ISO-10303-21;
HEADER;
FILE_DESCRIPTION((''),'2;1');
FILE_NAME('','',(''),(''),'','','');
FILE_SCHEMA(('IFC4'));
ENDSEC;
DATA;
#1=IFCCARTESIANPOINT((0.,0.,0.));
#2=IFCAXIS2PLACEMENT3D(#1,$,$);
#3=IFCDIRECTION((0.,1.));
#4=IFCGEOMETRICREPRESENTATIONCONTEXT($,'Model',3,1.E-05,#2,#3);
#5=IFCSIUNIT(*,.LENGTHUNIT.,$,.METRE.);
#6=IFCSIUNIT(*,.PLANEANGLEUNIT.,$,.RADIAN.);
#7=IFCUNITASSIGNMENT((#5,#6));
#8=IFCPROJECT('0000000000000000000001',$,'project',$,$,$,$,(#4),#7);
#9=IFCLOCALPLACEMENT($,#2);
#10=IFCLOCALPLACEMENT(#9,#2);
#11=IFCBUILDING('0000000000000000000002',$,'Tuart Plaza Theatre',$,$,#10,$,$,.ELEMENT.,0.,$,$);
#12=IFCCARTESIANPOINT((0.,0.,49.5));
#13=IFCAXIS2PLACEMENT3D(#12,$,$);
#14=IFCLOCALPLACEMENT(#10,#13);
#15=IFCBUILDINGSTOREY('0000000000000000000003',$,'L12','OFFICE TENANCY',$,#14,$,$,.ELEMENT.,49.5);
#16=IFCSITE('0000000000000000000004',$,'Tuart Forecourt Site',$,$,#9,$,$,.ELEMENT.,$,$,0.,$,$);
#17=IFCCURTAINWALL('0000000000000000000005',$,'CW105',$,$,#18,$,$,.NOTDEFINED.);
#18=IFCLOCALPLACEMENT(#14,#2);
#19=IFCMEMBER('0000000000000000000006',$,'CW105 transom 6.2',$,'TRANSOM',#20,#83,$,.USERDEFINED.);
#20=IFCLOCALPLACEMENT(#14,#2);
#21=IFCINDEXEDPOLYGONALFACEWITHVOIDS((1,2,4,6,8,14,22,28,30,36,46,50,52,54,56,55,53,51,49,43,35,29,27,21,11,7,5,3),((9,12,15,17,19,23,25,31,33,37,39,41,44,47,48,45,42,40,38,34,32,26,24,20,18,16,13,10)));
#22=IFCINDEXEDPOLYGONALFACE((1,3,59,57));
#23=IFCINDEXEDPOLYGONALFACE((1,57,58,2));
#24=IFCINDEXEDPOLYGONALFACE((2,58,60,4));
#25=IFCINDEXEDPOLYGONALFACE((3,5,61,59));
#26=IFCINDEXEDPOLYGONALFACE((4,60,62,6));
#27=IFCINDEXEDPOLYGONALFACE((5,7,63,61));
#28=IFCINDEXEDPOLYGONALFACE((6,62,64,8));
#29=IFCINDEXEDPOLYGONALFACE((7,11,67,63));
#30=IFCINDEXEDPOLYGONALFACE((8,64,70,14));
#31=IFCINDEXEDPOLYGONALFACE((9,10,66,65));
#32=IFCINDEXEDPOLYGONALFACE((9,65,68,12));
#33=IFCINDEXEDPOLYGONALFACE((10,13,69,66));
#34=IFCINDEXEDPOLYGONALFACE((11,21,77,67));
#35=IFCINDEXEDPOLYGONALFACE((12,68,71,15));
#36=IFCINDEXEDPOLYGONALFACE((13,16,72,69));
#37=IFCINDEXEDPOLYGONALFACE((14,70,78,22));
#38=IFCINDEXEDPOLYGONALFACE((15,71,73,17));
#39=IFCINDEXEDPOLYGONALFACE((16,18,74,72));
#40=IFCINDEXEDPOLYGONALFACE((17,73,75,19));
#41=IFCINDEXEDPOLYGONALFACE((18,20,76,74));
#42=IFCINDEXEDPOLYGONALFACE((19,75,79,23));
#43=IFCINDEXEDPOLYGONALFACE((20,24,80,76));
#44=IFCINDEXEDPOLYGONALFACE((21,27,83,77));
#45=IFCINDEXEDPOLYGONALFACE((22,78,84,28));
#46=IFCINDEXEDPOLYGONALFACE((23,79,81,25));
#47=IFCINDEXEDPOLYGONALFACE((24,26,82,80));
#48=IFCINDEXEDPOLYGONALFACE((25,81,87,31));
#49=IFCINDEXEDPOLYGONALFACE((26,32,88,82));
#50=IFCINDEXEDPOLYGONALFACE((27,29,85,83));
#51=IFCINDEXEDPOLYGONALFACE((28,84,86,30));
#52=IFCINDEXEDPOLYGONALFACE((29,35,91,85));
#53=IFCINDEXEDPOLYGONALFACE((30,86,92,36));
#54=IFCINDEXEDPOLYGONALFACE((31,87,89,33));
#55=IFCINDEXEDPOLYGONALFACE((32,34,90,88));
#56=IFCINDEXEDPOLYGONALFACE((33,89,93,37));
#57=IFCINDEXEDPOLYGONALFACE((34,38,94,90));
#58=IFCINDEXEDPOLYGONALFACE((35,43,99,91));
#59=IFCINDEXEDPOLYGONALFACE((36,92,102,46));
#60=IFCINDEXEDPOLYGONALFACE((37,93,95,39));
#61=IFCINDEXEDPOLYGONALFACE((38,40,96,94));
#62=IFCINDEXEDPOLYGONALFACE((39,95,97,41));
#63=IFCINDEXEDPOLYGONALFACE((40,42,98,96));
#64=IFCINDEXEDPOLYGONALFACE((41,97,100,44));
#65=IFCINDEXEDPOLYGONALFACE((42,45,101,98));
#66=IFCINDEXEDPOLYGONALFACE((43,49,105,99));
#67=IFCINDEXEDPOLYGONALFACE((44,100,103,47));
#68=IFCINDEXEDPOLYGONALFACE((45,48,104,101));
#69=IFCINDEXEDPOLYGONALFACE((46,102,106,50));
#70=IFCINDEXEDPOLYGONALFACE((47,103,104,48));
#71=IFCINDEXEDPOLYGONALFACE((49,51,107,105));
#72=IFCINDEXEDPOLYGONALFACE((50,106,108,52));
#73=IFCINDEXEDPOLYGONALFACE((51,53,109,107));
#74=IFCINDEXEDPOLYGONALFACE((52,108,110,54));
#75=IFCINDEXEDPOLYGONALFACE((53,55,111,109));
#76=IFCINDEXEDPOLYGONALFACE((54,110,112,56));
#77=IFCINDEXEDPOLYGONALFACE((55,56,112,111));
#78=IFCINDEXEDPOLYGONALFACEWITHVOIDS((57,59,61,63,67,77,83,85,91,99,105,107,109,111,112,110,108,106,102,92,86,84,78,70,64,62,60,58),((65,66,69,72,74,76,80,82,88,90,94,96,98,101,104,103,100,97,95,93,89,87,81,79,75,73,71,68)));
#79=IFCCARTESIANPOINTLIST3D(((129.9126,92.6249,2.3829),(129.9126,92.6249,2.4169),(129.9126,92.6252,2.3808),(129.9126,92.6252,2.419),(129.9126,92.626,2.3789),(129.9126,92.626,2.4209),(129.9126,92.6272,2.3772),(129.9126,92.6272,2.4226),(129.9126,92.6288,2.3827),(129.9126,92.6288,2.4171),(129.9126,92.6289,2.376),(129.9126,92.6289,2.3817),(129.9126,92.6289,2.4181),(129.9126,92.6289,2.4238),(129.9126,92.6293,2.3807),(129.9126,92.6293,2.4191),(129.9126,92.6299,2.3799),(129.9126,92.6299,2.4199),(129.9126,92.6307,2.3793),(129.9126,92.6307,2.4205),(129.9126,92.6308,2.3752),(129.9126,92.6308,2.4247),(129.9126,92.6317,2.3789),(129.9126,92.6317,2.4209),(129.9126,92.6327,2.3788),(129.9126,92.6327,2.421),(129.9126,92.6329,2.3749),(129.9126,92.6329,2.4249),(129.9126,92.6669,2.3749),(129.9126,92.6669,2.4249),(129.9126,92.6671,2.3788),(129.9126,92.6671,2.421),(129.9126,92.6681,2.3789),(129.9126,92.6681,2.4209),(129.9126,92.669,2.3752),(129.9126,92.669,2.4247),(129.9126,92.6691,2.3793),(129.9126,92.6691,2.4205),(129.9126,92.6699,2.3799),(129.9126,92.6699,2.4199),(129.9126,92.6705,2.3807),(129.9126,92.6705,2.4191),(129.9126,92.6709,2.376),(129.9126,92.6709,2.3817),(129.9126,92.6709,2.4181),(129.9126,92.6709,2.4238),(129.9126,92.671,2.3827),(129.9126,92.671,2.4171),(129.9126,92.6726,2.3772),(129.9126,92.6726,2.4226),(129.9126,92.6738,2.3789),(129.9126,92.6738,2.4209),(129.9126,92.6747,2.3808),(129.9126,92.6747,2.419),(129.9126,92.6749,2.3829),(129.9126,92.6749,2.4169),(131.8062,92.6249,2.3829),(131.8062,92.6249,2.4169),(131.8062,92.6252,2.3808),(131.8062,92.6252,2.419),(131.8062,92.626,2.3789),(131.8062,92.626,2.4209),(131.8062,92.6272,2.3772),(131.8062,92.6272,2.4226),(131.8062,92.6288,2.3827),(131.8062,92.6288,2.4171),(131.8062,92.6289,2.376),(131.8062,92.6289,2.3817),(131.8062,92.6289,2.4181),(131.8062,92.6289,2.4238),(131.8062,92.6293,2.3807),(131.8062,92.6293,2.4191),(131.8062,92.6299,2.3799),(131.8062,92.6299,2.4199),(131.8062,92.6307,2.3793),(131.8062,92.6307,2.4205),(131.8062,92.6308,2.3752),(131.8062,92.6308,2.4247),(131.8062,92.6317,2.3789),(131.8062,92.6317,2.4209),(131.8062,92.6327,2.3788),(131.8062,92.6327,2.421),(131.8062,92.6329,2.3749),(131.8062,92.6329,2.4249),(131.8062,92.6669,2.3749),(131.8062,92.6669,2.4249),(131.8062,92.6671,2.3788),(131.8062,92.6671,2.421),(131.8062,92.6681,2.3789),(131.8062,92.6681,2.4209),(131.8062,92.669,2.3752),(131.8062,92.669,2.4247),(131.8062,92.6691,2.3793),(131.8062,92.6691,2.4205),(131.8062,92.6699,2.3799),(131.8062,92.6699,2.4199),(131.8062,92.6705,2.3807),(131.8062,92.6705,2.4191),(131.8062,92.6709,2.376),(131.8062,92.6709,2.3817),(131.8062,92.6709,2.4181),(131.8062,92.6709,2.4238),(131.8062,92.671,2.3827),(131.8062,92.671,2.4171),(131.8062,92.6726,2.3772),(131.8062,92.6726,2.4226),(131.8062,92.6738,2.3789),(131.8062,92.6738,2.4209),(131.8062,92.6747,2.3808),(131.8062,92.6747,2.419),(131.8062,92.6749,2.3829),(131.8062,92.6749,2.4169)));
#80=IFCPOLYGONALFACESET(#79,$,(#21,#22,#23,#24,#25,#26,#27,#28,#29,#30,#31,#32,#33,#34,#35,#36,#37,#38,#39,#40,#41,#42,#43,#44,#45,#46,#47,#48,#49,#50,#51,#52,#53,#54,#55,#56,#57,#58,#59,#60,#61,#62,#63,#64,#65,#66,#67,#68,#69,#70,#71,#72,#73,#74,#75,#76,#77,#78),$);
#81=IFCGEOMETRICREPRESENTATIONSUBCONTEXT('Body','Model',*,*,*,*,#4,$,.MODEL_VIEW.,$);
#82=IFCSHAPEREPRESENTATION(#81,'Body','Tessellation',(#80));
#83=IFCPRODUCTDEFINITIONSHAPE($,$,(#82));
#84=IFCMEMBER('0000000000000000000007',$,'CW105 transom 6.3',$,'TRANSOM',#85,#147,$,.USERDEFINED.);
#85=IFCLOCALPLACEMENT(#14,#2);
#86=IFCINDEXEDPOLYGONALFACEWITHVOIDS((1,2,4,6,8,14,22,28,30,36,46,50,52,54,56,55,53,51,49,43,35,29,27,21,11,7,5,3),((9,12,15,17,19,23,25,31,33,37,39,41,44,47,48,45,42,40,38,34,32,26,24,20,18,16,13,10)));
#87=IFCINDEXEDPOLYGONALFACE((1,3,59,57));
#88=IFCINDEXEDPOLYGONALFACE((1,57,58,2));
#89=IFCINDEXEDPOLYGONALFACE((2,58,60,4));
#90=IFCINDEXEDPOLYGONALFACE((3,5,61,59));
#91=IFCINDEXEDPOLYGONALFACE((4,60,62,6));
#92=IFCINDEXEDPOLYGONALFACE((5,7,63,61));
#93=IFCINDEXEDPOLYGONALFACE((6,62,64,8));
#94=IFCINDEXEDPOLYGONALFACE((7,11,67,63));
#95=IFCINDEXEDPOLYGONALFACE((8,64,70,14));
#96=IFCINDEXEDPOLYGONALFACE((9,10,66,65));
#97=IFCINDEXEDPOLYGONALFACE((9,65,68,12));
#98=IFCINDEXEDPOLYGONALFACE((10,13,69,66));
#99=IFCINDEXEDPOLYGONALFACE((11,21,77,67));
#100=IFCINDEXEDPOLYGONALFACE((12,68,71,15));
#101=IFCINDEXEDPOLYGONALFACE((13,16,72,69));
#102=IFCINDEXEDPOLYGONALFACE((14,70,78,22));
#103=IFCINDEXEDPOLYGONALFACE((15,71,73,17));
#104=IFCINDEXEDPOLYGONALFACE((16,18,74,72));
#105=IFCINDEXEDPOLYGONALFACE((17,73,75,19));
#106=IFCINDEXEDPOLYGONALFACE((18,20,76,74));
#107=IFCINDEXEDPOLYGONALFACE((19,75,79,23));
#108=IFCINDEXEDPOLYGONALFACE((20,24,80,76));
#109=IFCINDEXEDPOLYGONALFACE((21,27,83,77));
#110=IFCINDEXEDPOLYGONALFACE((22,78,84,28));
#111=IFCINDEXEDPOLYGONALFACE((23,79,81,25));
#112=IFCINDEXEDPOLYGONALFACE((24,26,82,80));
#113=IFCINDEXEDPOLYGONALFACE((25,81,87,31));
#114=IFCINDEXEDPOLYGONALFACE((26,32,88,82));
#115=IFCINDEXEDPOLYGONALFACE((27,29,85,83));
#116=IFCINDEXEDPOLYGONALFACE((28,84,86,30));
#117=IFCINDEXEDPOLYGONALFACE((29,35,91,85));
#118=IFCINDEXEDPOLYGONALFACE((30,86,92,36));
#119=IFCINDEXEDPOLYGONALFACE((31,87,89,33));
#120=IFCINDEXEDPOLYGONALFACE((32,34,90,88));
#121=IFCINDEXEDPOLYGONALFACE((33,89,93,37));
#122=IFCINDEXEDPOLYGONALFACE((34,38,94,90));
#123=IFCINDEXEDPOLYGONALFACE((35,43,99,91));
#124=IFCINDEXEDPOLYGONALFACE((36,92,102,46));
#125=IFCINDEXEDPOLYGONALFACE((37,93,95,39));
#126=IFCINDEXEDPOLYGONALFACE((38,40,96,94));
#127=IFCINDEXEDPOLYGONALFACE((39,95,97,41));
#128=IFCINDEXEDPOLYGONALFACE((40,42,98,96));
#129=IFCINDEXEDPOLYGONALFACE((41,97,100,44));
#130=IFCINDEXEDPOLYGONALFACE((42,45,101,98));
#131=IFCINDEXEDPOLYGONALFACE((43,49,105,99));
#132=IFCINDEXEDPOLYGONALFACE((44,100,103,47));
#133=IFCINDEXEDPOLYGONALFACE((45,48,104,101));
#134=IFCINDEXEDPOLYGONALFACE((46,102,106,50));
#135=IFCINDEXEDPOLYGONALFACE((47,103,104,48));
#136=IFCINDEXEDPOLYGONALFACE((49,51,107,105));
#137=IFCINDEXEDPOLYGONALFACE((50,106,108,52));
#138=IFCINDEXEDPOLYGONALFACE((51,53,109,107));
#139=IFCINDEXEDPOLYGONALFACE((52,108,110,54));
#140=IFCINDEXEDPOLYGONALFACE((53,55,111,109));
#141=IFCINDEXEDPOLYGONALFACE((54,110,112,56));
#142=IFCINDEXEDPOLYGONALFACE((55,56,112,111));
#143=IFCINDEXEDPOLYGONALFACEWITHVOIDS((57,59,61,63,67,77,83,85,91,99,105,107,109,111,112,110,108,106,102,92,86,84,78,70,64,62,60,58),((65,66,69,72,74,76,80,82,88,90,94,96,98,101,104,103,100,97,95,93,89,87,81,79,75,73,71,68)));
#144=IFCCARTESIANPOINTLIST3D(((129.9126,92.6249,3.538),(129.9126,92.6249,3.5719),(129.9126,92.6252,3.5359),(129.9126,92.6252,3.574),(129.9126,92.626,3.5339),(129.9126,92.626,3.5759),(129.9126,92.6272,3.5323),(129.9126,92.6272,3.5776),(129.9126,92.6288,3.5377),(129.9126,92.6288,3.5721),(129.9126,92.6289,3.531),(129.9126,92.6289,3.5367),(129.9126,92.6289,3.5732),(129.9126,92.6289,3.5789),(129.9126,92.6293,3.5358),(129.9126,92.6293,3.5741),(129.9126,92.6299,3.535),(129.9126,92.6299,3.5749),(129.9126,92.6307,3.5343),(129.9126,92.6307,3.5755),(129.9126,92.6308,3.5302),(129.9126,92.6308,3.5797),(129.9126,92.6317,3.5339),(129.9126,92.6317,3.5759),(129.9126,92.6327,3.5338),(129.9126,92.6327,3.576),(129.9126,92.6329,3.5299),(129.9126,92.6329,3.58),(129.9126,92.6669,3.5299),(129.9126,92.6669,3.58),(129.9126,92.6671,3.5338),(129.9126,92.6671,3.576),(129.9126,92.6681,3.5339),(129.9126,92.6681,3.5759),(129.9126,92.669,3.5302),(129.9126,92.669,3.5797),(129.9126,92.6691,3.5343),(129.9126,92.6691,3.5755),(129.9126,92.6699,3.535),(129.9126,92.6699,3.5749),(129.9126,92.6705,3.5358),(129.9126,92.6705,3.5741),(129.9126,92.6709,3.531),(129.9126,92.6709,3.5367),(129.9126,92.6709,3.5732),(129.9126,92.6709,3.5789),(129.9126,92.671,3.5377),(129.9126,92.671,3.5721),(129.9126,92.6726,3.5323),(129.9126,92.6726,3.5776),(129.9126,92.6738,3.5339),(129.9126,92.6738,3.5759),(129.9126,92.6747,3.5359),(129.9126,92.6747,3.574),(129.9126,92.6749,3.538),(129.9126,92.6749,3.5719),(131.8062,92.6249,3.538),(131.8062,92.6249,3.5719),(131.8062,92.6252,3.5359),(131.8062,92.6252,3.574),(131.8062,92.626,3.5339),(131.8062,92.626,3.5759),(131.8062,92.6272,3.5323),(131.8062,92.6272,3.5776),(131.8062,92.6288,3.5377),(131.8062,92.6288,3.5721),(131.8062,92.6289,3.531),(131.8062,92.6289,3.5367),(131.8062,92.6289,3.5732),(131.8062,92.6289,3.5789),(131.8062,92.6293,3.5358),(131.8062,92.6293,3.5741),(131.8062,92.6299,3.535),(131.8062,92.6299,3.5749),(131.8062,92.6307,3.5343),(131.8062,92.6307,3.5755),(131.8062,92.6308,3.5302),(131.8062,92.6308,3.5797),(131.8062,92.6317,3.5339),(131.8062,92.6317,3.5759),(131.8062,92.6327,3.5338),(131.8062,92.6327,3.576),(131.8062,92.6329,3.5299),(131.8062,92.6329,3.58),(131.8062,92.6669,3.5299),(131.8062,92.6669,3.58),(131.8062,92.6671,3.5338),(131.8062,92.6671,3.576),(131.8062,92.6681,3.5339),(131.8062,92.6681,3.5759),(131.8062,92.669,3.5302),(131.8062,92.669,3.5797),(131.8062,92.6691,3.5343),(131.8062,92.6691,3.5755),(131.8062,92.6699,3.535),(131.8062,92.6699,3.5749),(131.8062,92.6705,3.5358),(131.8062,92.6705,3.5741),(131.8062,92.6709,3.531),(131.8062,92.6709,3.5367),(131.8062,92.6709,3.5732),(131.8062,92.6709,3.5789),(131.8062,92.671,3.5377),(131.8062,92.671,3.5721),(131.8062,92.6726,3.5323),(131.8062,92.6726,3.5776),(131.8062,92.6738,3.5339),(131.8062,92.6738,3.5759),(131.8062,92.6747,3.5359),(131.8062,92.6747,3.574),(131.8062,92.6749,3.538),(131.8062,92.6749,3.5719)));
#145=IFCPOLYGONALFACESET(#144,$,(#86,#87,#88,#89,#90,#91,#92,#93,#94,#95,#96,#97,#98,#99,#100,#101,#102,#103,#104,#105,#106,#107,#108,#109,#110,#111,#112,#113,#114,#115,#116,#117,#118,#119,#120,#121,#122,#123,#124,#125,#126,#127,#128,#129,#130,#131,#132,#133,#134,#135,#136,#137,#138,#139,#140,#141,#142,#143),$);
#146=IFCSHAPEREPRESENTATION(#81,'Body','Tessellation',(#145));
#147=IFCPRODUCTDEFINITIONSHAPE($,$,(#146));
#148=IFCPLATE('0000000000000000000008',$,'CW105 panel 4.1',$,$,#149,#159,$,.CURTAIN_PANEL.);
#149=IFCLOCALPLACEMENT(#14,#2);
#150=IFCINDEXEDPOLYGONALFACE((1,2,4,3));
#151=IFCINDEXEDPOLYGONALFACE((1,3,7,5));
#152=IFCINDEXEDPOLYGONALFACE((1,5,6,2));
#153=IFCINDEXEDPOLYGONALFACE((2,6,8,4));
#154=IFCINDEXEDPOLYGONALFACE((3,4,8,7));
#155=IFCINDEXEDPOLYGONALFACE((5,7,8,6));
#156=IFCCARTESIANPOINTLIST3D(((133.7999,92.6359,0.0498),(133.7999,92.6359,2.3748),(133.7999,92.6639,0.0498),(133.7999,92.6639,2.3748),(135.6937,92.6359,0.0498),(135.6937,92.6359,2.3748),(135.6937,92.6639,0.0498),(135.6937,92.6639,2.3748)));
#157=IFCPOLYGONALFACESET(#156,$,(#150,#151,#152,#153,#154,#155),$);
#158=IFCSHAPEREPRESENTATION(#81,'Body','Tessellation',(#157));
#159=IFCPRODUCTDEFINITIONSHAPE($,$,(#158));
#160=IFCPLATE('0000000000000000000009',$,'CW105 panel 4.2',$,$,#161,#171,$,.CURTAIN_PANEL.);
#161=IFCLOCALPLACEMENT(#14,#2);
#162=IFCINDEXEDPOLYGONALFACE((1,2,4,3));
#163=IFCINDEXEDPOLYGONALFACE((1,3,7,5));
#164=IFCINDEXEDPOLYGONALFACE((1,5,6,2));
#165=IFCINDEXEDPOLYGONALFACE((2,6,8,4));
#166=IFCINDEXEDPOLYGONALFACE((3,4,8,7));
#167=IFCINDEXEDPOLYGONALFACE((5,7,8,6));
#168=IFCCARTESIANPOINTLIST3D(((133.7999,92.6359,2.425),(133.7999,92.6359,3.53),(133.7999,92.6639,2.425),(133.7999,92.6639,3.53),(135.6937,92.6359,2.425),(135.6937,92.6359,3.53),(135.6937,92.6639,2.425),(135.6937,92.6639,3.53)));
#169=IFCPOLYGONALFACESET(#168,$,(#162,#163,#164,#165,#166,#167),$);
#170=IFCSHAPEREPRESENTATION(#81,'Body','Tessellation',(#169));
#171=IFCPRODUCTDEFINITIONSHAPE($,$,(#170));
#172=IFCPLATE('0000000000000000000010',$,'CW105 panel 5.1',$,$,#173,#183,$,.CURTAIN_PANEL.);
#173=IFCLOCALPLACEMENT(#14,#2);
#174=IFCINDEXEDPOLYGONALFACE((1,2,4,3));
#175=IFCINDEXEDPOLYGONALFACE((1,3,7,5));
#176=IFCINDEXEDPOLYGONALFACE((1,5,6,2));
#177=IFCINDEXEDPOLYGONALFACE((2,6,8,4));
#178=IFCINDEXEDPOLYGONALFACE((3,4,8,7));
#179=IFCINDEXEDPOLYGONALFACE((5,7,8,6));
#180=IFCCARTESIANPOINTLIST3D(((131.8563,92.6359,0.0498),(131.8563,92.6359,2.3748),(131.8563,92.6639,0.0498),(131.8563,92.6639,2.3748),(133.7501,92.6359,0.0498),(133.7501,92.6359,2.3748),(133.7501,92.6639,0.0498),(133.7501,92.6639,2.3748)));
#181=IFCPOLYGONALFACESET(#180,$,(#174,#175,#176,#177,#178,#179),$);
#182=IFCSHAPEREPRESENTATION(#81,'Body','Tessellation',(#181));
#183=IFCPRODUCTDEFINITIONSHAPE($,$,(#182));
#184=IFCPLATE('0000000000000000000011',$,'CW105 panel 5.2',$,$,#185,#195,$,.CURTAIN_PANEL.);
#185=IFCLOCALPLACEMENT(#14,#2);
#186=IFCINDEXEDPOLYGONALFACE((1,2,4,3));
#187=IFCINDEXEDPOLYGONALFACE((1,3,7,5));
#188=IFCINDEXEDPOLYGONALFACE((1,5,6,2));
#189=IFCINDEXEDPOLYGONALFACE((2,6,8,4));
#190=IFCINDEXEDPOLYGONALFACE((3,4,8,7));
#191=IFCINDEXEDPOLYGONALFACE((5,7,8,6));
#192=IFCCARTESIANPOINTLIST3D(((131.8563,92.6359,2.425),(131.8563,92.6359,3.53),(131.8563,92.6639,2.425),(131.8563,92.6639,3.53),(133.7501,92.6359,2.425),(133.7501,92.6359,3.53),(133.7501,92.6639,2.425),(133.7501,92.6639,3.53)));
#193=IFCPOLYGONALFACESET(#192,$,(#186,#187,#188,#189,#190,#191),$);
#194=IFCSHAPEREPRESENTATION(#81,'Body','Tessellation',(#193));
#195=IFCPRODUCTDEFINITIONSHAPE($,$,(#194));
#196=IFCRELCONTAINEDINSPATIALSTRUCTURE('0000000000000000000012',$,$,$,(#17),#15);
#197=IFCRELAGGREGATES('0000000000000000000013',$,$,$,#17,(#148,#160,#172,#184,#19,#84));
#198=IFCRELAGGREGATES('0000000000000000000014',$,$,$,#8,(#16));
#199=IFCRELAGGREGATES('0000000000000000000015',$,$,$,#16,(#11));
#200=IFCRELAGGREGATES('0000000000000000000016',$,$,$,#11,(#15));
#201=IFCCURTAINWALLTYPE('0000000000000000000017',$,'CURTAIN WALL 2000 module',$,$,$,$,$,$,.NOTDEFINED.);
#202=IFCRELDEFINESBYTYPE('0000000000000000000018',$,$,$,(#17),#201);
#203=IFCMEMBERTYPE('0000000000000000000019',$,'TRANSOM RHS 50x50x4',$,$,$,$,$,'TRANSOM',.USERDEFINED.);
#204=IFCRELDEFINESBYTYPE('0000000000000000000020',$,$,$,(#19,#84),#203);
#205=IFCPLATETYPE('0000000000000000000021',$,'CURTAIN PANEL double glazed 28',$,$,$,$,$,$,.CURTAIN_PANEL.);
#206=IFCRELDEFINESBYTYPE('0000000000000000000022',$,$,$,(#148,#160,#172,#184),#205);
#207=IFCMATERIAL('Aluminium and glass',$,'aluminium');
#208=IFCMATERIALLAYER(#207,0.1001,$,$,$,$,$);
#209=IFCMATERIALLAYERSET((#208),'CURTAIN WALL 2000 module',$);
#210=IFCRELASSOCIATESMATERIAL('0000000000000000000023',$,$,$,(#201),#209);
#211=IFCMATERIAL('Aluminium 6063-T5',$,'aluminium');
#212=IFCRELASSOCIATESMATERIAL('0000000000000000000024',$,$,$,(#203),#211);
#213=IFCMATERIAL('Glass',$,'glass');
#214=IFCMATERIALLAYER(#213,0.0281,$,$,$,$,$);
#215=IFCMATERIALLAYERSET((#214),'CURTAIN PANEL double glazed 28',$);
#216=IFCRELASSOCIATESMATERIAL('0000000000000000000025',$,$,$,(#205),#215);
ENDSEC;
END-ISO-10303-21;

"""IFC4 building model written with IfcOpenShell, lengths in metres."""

from ifc_helpers import new_model, si_unit, direction, frame, origin, origin_2d, place, context, subcontext, project, spatial, rectangle, hollow_rectangle, extrude, material, layer, layer_set, material_profile, profile_set, type_object, element, aggregate, save


model = new_model("IFC4")

# Units and contexts
model_context = context("Model", 3, precision=1e-05, world=origin(), true_north=direction((0.0, 1.0)))
body_context = subcontext(model_context, "Body", "Model", "MODEL_VIEW")
ifc_project = project(units=[si_unit("LENGTHUNIT", "METRE"), si_unit("PLANEANGLEUNIT", "RADIAN")], contexts=[model_context])

# Site, building, storey
site_placement = place(None, origin())
site = spatial("IfcSite", under=ifc_project, at=site_placement, Name="Tuart Forecourt Site", CompositionType="ELEMENT", RefElevation=0.0)
building_placement = place(site_placement, origin())
building = spatial("IfcBuilding", under=site, at=building_placement, Name="Tuart Plaza Theatre", CompositionType="ELEMENT", ElevationOfRefHeight=0.0)
storey_placement = place(building_placement, frame((0.0, 0.0, 49.5)))
storey = spatial("IfcBuildingStorey", under=building, at=storey_placement, Name="L12", Description="OFFICE TENANCY", CompositionType="ELEMENT", Elevation=49.5)

# Curtain wall, members, plates
ifc_material_1 = material(Name="Aluminium and glass", Category="aluminium")
ifc_layer_1 = layer(ifc_material_1, 0.1001)
ifc_layer_set_1 = layer_set([ifc_layer_1], Name="CURTAIN WALL 2000 module")
curtain_wall_type = type_object("IfcCurtainWallType", Name="CURTAIN WALL 2000 module", PredefinedType="NOTDEFINED", material=ifc_layer_set_1)
curtain_wall_placement = place(storey_placement, origin())
curtain_wall = element("IfcCurtainWall", 1, at=curtain_wall_placement, inside=storey, type_object=curtain_wall_type, Name="CW105", PredefinedType="NOTDEFINED")
ifc_material_2 = material(Name="Aluminium 6063-T5", Category="aluminium")
ifc_material_profile_1 = material_profile(ifc_material_2, hollow_rectangle(XDim=0.05, YDim=0.05, WallThickness=0.0039, InnerFilletRadius=0.0039, OuterFilletRadius=0.0081, at=origin_2d()), Name="RHS 50x50x4")
ifc_profile_set_1 = profile_set([ifc_material_profile_1], Name="Aluminium 6063-T5")
member_type_1 = type_object("IfcMemberType", Name="TRANSOM RHS 50x50x4", ElementType="TRANSOM", PredefinedType="USERDEFINED", material=ifc_profile_set_1)
member_1_placement = place(storey_placement, frame((131.8062, 92.6499, 2.3999), z_axis=(-1.0, 0.0, 0.0), x_axis=(0.0, -1.0, 0.0)))
member_1 = element("IfcMember", 2, at=member_1_placement, type_object=member_type_1, Name="CW105 transom 6.2", ObjectType="TRANSOM", PredefinedType="USERDEFINED", context=body_context, shape_type="SweptSolid", body=[
    extrude(hollow_rectangle(XDim=0.05, YDim=0.05, WallThickness=0.0039, InnerFilletRadius=0.0039, OuterFilletRadius=0.0081, at=origin_2d()), origin(), (0.0, 0.0, 1.0), 1.8936),
])
member_2_placement = place(storey_placement, frame((131.8062, 92.6499, 3.5549), z_axis=(-1.0, 0.0, 0.0), x_axis=(0.0, -1.0, 0.0)))
member_2 = element("IfcMember", 3, at=member_2_placement, type_object=member_type_1, Name="CW105 transom 6.3", ObjectType="TRANSOM", PredefinedType="USERDEFINED", context=body_context, shape_type="SweptSolid", body=[
    extrude(hollow_rectangle(XDim=0.05, YDim=0.05, WallThickness=0.0039, InnerFilletRadius=0.0039, OuterFilletRadius=0.0081, at=origin_2d()), origin(), (0.0, 0.0, 1.0), 1.8936),
])
ifc_material_3 = material(Name="Glass", Category="glass")
ifc_layer_2 = layer(ifc_material_3, 0.0281)
ifc_layer_set_2 = layer_set([ifc_layer_2], Name="CURTAIN PANEL double glazed 28")
plate_type = type_object("IfcPlateType", Name="CURTAIN PANEL double glazed 28", PredefinedType="CURTAIN_PANEL", material=ifc_layer_set_2)
plate_1_placement = place(storey_placement, frame((134.7468, 92.6499, 0.0498), z_axis=(0.0, 0.0, 1.0), x_axis=(-1.0, 0.0, 0.0)))
plate_1 = element("IfcPlate", 4, at=plate_1_placement, type_object=plate_type, Name="CW105 panel 4.1", PredefinedType="CURTAIN_PANEL", context=body_context, shape_type="SweptSolid", body=[
    extrude(rectangle(XDim=1.8938, YDim=0.0281, at=origin_2d()), origin(), (0.0, 0.0, 1.0), 2.325),
])
plate_2_placement = place(storey_placement, frame((134.7468, 92.6499, 2.425), z_axis=(0.0, 0.0, 1.0), x_axis=(-1.0, 0.0, 0.0)))
plate_2 = element("IfcPlate", 5, at=plate_2_placement, type_object=plate_type, Name="CW105 panel 4.2", PredefinedType="CURTAIN_PANEL", context=body_context, shape_type="SweptSolid", body=[
    extrude(rectangle(XDim=1.8938, YDim=0.0281, at=origin_2d()), origin(), (0.0, 0.0, 1.0), 1.105),
])
plate_3_placement = place(storey_placement, frame((132.8032, 92.6499, 0.0498), z_axis=(0.0, 0.0, 1.0), x_axis=(-1.0, 0.0, 0.0)))
plate_3 = element("IfcPlate", 6, at=plate_3_placement, type_object=plate_type, Name="CW105 panel 5.1", PredefinedType="CURTAIN_PANEL", context=body_context, shape_type="SweptSolid", body=[
    extrude(rectangle(XDim=1.8938, YDim=0.0281, at=origin_2d()), origin(), (0.0, 0.0, 1.0), 2.325),
])
plate_4_placement = place(storey_placement, frame((132.8032, 92.6499, 2.425), z_axis=(0.0, 0.0, 1.0), x_axis=(-1.0, 0.0, 0.0)))
plate_4 = element("IfcPlate", 7, at=plate_4_placement, type_object=plate_type, Name="CW105 panel 5.2", PredefinedType="CURTAIN_PANEL", context=body_context, shape_type="SweptSolid", body=[
    extrude(rectangle(XDim=1.8938, YDim=0.0281, at=origin_2d()), origin(), (0.0, 0.0, 1.0), 1.105),
])
aggregate(curtain_wall, [plate_1, plate_2, plate_3, plate_4, member_1, member_2])

save(model, "model.ifc")
